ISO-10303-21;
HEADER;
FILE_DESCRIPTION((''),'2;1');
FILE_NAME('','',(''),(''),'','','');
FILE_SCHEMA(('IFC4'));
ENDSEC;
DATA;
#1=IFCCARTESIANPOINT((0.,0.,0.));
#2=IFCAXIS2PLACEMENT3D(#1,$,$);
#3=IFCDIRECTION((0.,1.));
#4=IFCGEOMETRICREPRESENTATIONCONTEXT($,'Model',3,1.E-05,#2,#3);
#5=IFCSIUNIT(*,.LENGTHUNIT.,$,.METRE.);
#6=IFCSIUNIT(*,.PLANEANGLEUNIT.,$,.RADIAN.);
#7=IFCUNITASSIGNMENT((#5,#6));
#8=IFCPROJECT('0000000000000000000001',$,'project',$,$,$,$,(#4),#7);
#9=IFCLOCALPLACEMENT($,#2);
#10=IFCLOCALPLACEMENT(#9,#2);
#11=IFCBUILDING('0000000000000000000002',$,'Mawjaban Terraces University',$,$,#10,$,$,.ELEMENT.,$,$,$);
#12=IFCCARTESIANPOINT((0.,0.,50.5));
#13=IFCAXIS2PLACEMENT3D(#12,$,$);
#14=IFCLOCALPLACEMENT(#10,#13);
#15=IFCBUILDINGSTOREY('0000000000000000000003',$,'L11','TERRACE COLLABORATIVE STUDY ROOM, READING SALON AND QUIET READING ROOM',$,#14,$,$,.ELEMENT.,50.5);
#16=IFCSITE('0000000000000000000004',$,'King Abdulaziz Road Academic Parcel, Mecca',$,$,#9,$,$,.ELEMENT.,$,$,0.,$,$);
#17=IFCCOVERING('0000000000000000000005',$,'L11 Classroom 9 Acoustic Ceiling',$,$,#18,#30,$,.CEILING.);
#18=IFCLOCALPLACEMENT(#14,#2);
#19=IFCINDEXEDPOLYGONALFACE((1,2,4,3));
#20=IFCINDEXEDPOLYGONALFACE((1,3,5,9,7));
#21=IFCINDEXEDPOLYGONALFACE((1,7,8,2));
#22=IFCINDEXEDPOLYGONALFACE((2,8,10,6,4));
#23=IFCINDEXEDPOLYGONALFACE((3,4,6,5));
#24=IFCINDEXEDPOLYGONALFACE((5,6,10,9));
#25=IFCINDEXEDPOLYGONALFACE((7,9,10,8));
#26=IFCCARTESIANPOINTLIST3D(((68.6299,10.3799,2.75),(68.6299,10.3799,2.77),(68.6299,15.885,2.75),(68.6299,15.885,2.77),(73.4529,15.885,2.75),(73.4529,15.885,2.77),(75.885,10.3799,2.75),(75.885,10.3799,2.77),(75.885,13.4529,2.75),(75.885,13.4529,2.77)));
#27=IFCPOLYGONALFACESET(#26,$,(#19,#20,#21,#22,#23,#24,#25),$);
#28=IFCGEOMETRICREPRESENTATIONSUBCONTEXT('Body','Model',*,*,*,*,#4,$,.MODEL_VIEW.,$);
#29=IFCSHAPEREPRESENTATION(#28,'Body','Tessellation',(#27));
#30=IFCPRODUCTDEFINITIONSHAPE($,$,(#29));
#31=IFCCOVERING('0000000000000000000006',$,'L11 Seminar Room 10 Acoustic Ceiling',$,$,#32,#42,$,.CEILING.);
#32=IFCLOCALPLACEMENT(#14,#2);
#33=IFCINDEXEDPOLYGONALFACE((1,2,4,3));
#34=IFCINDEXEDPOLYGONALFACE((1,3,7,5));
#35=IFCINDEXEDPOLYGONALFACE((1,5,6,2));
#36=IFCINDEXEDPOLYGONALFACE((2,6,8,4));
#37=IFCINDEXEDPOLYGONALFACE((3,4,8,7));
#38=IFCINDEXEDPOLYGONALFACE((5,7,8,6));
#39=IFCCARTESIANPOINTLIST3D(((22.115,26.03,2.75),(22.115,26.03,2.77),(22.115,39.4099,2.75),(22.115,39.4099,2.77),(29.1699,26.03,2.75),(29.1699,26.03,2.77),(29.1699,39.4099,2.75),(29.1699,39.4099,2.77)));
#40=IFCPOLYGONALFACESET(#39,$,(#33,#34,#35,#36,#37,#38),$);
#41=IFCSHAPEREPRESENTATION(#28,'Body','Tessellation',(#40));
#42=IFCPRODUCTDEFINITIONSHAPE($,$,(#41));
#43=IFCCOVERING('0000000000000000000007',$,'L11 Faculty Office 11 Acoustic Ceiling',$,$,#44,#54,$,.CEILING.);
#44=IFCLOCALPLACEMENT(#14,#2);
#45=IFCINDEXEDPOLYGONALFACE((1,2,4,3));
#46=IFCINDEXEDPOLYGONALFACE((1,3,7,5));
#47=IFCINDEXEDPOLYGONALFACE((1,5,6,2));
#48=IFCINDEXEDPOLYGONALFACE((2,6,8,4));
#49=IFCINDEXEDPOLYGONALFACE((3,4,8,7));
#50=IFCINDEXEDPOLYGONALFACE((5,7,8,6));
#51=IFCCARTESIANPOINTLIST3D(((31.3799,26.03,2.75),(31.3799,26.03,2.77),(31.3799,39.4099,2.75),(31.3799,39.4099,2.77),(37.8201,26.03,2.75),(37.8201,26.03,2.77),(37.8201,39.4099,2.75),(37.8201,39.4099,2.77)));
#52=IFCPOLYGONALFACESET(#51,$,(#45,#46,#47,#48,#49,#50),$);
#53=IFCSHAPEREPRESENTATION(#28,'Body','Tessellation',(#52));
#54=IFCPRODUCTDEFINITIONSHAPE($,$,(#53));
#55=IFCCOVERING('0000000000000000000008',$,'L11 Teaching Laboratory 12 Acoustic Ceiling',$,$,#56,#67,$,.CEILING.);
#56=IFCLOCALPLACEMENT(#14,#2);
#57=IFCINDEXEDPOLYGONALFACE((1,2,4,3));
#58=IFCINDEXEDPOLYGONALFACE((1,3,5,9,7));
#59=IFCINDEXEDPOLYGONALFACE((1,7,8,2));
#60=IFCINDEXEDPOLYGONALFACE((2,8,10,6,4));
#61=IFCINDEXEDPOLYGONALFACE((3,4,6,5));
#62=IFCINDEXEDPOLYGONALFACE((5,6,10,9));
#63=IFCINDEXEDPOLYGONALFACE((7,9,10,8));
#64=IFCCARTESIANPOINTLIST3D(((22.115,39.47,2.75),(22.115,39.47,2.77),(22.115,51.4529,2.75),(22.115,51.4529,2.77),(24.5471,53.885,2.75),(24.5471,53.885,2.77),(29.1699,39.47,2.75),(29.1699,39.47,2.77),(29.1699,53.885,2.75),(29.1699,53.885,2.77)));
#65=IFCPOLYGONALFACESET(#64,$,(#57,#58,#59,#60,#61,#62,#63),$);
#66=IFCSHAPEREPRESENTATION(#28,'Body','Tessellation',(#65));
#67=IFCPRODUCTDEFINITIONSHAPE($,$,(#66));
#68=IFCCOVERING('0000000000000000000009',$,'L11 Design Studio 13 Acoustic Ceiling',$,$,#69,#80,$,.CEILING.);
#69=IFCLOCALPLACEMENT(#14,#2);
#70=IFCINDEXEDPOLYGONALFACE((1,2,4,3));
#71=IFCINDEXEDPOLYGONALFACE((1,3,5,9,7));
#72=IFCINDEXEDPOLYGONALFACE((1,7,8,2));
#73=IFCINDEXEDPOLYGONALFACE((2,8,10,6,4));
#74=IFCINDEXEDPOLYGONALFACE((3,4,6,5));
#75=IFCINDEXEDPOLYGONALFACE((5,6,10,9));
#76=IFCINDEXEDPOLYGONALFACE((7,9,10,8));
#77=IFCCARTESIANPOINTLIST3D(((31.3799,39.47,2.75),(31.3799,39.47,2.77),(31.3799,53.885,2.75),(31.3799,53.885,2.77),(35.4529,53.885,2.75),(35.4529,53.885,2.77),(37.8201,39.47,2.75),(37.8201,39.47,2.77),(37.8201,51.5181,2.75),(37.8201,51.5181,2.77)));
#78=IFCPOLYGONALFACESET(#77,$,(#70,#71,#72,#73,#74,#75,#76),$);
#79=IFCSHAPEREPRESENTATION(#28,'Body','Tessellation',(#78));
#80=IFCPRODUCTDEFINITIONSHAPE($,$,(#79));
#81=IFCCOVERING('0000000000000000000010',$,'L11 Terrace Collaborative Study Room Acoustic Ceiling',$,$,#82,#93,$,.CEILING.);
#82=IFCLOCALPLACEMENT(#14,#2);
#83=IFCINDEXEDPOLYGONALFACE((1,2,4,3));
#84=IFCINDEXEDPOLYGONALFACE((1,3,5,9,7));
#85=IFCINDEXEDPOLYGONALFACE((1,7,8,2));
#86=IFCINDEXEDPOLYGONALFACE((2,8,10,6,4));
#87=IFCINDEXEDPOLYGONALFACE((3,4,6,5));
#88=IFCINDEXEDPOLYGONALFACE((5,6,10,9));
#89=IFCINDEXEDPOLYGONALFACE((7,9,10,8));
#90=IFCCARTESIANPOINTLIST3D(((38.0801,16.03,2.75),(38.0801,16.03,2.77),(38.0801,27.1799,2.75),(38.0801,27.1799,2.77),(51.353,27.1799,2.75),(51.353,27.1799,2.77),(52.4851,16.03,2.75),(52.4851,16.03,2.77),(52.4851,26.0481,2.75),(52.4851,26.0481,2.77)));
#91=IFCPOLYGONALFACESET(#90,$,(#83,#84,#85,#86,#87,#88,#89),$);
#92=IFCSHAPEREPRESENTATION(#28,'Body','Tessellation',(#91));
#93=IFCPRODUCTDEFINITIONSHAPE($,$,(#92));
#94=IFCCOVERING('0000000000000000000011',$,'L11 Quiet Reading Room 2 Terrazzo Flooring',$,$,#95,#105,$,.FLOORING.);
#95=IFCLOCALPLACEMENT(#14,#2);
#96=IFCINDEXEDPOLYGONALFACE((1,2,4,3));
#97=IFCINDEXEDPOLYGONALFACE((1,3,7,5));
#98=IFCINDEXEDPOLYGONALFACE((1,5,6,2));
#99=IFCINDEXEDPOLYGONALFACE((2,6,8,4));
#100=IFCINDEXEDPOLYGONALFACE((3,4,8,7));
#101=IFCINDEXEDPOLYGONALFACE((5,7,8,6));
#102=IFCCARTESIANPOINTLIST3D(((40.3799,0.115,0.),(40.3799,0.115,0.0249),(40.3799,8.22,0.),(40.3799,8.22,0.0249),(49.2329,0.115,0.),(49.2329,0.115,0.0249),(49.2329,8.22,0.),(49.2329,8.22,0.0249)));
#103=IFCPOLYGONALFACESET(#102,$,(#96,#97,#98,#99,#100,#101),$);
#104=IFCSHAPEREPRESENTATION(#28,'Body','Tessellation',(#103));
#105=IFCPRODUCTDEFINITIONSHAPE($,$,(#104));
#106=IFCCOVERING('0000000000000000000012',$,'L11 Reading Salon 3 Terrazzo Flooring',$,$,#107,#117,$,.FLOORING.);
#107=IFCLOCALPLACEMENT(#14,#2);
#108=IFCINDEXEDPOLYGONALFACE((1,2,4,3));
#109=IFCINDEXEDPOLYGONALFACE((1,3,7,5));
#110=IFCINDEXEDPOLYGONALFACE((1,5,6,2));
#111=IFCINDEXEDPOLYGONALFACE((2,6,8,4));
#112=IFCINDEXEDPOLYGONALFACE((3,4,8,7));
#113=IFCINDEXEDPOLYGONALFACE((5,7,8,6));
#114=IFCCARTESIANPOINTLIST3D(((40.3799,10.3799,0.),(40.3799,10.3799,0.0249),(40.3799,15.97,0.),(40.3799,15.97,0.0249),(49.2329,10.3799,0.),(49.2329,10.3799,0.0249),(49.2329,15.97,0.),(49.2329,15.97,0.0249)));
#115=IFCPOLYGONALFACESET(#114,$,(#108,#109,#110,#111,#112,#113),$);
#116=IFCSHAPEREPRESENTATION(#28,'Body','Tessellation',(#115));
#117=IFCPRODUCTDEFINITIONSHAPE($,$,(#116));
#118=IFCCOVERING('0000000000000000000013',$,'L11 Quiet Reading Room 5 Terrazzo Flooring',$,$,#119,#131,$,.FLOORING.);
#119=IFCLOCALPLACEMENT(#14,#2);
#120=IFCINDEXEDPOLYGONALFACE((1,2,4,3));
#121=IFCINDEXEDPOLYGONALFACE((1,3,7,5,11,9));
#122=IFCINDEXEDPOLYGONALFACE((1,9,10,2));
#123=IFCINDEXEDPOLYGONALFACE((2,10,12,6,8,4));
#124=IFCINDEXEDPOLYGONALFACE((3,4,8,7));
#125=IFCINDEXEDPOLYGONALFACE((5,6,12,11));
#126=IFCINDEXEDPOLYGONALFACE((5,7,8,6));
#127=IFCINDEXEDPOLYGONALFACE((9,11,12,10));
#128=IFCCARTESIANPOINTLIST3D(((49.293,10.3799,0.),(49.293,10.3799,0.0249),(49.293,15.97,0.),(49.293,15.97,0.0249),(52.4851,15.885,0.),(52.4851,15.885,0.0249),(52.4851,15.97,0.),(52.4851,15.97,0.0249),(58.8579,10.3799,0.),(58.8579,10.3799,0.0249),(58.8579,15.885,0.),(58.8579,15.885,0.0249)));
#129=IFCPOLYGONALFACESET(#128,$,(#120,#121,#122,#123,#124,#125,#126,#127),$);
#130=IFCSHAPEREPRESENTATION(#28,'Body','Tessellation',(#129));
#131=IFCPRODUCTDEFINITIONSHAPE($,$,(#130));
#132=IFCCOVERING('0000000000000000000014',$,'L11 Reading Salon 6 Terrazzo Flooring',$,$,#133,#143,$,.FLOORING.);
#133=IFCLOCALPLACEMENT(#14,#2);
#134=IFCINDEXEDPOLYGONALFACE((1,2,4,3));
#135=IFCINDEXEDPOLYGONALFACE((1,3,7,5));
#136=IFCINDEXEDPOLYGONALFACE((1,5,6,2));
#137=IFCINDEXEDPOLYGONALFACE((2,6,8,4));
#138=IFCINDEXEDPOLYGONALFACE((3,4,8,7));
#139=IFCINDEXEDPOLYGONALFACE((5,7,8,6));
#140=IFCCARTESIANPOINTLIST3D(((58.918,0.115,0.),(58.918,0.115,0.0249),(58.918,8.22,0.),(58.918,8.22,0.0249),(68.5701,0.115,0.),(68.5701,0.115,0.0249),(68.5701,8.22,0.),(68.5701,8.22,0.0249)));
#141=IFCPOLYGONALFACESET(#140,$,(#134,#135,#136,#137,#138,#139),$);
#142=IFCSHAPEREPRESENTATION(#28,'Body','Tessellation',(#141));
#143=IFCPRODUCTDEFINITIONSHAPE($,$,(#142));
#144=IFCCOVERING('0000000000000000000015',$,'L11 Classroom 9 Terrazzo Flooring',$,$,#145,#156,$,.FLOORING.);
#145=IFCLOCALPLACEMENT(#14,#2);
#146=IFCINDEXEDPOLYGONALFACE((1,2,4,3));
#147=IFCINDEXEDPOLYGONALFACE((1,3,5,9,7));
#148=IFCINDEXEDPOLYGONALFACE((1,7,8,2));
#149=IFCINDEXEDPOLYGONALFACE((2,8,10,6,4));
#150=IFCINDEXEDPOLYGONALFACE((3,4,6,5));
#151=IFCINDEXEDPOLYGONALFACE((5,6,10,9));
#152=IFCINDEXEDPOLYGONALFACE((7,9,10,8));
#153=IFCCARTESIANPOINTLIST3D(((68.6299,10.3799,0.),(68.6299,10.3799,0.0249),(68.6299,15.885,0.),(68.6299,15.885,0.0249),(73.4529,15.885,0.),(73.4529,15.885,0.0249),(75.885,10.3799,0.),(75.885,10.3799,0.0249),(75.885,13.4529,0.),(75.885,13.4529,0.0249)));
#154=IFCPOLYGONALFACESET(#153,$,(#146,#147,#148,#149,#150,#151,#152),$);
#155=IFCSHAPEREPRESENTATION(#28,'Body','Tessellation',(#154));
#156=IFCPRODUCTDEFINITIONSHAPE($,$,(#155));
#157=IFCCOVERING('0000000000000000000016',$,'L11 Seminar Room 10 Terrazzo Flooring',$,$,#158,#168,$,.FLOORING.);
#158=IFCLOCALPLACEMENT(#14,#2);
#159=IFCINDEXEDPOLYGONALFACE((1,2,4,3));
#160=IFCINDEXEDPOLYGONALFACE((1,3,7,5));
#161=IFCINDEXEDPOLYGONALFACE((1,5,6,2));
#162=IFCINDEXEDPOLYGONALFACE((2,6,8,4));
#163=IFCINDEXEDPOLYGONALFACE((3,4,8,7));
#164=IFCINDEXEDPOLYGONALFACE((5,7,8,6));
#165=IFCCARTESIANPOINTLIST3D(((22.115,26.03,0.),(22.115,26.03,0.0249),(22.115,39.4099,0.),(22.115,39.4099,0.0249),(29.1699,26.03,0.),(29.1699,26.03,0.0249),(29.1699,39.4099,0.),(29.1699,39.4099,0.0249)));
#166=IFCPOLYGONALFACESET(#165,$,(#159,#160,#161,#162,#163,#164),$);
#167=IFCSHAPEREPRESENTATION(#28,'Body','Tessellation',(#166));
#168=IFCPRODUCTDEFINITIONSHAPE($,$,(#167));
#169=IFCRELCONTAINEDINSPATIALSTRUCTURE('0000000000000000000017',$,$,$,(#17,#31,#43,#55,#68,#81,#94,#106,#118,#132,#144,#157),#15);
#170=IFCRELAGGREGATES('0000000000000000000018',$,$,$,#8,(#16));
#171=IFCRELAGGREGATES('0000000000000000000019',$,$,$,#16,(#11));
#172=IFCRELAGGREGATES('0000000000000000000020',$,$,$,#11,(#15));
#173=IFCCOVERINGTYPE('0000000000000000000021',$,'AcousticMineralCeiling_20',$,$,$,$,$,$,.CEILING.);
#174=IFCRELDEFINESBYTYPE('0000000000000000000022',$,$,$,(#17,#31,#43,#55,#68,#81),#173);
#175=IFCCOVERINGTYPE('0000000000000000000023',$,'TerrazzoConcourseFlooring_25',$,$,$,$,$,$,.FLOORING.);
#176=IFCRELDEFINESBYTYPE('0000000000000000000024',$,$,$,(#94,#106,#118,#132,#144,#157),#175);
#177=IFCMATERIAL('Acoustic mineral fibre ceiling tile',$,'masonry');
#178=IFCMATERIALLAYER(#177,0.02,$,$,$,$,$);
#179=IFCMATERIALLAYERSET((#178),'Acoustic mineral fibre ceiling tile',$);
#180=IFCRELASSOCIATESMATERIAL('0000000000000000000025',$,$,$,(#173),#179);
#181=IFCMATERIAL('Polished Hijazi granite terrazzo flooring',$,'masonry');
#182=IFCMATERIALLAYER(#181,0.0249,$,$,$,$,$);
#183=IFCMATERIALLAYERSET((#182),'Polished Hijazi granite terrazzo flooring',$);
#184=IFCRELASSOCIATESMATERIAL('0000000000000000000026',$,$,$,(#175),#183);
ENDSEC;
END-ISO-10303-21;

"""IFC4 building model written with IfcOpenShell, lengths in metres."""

from ifc_helpers import new_model, si_unit, direction, frame, origin, place, context, subcontext, project, spatial, polyline, outline, extrude, material, layer, layer_set, type_object, element, save


model = new_model("IFC4")

# Units and contexts
model_context = context("Model", 3, precision=1e-05, world=origin(), true_north=direction((0.0, 1.0)))
body_context = subcontext(model_context, "Body", "Model", "MODEL_VIEW")
ifc_project = project(units=[si_unit("LENGTHUNIT", "METRE"), si_unit("PLANEANGLEUNIT", "RADIAN")], contexts=[model_context])

# Site, building, storey
site_placement = place(None, origin())
site = spatial("IfcSite", under=ifc_project, at=site_placement, Name="King Abdulaziz Road Academic Parcel, Mecca", CompositionType="ELEMENT", RefElevation=0.0)
building_placement = place(site_placement, origin())
building = spatial("IfcBuilding", under=site, at=building_placement, Name="Mawjaban Terraces University", CompositionType="ELEMENT")
storey_placement = place(building_placement, frame((0.0, 0.0, 50.5)))
storey = spatial("IfcBuildingStorey", under=building, at=storey_placement, Name="L11", Description="TERRACE COLLABORATIVE STUDY ROOM, READING SALON AND QUIET READING ROOM", CompositionType="ELEMENT", Elevation=50.5)

# Coverings
ifc_material_1 = material(Name="Acoustic mineral fibre ceiling tile", Category="masonry")
ifc_layer_1 = layer(ifc_material_1, 0.02)
ifc_layer_set_1 = layer_set([ifc_layer_1], Name="Acoustic mineral fibre ceiling tile")
covering_type_1 = type_object("IfcCoveringType", Name="AcousticMineralCeiling_20", PredefinedType="CEILING", material=ifc_layer_set_1)
covering_1_placement = place(storey_placement, frame((0.0, 0.0, 2.75)))
element("IfcCovering", 1, at=covering_1_placement, inside=storey, type_object=covering_type_1, Name="L11 Classroom 9 Acoustic Ceiling", PredefinedType="CEILING", context=body_context, shape_type="SweptSolid", body=[
    extrude(outline(polyline([(75.885, 10.3799), (75.885, 13.4529), (73.4529, 15.885), (68.6299, 15.885), (68.6299, 10.3799), (75.885, 10.3799)])), origin(), (0.0, 0.0, 1.0), 0.02),
])
covering_2_placement = place(storey_placement, frame((0.0, 0.0, 2.75)))
element("IfcCovering", 2, at=covering_2_placement, inside=storey, type_object=covering_type_1, Name="L11 Seminar Room 10 Acoustic Ceiling", PredefinedType="CEILING", context=body_context, shape_type="SweptSolid", body=[
    extrude(outline(polyline([(22.115, 39.4099), (22.115, 26.03), (29.1699, 26.03), (29.1699, 39.4099), (22.115, 39.4099)])), origin(), (0.0, 0.0, 1.0), 0.02),
])
covering_3_placement = place(storey_placement, frame((0.0, 0.0, 2.75)))
element("IfcCovering", 3, at=covering_3_placement, inside=storey, type_object=covering_type_1, Name="L11 Faculty Office 11 Acoustic Ceiling", PredefinedType="CEILING", context=body_context, shape_type="SweptSolid", body=[
    extrude(outline(polyline([(37.8201, 26.03), (37.8201, 39.4099), (31.3799, 39.4099), (31.3799, 26.03), (37.8201, 26.03)])), origin(), (0.0, 0.0, 1.0), 0.02),
])
covering_4_placement = place(storey_placement, frame((0.0, 0.0, 2.75)))
element("IfcCovering", 4, at=covering_4_placement, inside=storey, type_object=covering_type_1, Name="L11 Teaching Laboratory 12 Acoustic Ceiling", PredefinedType="CEILING", context=body_context, shape_type="SweptSolid", body=[
    extrude(outline(polyline([(29.1699, 53.885), (24.5471, 53.885), (22.115, 51.4529), (22.115, 39.47), (29.1699, 39.47), (29.1699, 53.885)])), origin(), (0.0, 0.0, 1.0), 0.02),
])
covering_5_placement = place(storey_placement, frame((0.0, 0.0, 2.75)))
element("IfcCovering", 5, at=covering_5_placement, inside=storey, type_object=covering_type_1, Name="L11 Design Studio 13 Acoustic Ceiling", PredefinedType="CEILING", context=body_context, shape_type="SweptSolid", body=[
    extrude(outline(polyline([(37.8201, 51.5181), (35.4529, 53.885), (31.3799, 53.885), (31.3799, 39.47), (37.8201, 39.47), (37.8201, 51.5181)])), origin(), (0.0, 0.0, 1.0), 0.02),
])
covering_6_placement = place(storey_placement, frame((0.0, 0.0, 2.75)))
element("IfcCovering", 6, at=covering_6_placement, inside=storey, type_object=covering_type_1, Name="L11 Terrace Collaborative Study Room Acoustic Ceiling", PredefinedType="CEILING", context=body_context, shape_type="SweptSolid", body=[
    extrude(outline(polyline([(52.4851, 16.03), (52.4851, 26.0481), (51.353, 27.1799), (38.0801, 27.1799), (38.0801, 16.03), (52.4851, 16.03)])), origin(), (0.0, 0.0, 1.0), 0.02),
])
ifc_material_2 = material(Name="Polished Hijazi granite terrazzo flooring", Category="masonry")
ifc_layer_2 = layer(ifc_material_2, 0.0249)
ifc_layer_set_2 = layer_set([ifc_layer_2], Name="Polished Hijazi granite terrazzo flooring")
covering_type_2 = type_object("IfcCoveringType", Name="TerrazzoConcourseFlooring_25", PredefinedType="FLOORING", material=ifc_layer_set_2)
covering_7_placement = place(storey_placement, origin())
element("IfcCovering", 7, at=covering_7_placement, inside=storey, type_object=covering_type_2, Name="L11 Quiet Reading Room 2 Terrazzo Flooring", PredefinedType="FLOORING", context=body_context, shape_type="SweptSolid", body=[
    extrude(outline(polyline([(40.3799, 0.115), (49.2329, 0.115), (49.2329, 8.22), (40.3799, 8.22), (40.3799, 0.115)])), origin(), (0.0, 0.0, 1.0), 0.0249),
])
covering_8_placement = place(storey_placement, origin())
element("IfcCovering", 8, at=covering_8_placement, inside=storey, type_object=covering_type_2, Name="L11 Reading Salon 3 Terrazzo Flooring", PredefinedType="FLOORING", context=body_context, shape_type="SweptSolid", body=[
    extrude(outline(polyline([(49.2329, 10.3799), (49.2329, 15.97), (40.3799, 15.97), (40.3799, 10.3799), (49.2329, 10.3799)])), origin(), (0.0, 0.0, 1.0), 0.0249),
])
covering_9_placement = place(storey_placement, origin())
element("IfcCovering", 9, at=covering_9_placement, inside=storey, type_object=covering_type_2, Name="L11 Quiet Reading Room 5 Terrazzo Flooring", PredefinedType="FLOORING", context=body_context, shape_type="SweptSolid", body=[
    extrude(outline(polyline([(58.8579, 15.885), (52.4851, 15.885), (52.4851, 15.97), (49.293, 15.97), (49.293, 10.3799), (58.8579, 10.3799), (58.8579, 15.885)])), origin(), (0.0, 0.0, 1.0), 0.0249),
])
covering_10_placement = place(storey_placement, origin())
element("IfcCovering", 10, at=covering_10_placement, inside=storey, type_object=covering_type_2, Name="L11 Reading Salon 6 Terrazzo Flooring", PredefinedType="FLOORING", context=body_context, shape_type="SweptSolid", body=[
    extrude(outline(polyline([(58.918, 0.115), (68.5701, 0.115), (68.5701, 8.22), (58.918, 8.22), (58.918, 0.115)])), origin(), (0.0, 0.0, 1.0), 0.0249),
])
covering_11_placement = place(storey_placement, origin())
element("IfcCovering", 11, at=covering_11_placement, inside=storey, type_object=covering_type_2, Name="L11 Classroom 9 Terrazzo Flooring", PredefinedType="FLOORING", context=body_context, shape_type="SweptSolid", body=[
    extrude(outline(polyline([(75.885, 10.3799), (75.885, 13.4529), (73.4529, 15.885), (68.6299, 15.885), (68.6299, 10.3799), (75.885, 10.3799)])), origin(), (0.0, 0.0, 1.0), 0.0249),
])
covering_12_placement = place(storey_placement, origin())
element("IfcCovering", 12, at=covering_12_placement, inside=storey, type_object=covering_type_2, Name="L11 Seminar Room 10 Terrazzo Flooring", PredefinedType="FLOORING", context=body_context, shape_type="SweptSolid", body=[
    extrude(outline(polyline([(22.115, 39.4099), (22.115, 26.03), (29.1699, 26.03), (29.1699, 39.4099), (22.115, 39.4099)])), origin(), (0.0, 0.0, 1.0), 0.0249),
])

save(model, "model.ifc")
